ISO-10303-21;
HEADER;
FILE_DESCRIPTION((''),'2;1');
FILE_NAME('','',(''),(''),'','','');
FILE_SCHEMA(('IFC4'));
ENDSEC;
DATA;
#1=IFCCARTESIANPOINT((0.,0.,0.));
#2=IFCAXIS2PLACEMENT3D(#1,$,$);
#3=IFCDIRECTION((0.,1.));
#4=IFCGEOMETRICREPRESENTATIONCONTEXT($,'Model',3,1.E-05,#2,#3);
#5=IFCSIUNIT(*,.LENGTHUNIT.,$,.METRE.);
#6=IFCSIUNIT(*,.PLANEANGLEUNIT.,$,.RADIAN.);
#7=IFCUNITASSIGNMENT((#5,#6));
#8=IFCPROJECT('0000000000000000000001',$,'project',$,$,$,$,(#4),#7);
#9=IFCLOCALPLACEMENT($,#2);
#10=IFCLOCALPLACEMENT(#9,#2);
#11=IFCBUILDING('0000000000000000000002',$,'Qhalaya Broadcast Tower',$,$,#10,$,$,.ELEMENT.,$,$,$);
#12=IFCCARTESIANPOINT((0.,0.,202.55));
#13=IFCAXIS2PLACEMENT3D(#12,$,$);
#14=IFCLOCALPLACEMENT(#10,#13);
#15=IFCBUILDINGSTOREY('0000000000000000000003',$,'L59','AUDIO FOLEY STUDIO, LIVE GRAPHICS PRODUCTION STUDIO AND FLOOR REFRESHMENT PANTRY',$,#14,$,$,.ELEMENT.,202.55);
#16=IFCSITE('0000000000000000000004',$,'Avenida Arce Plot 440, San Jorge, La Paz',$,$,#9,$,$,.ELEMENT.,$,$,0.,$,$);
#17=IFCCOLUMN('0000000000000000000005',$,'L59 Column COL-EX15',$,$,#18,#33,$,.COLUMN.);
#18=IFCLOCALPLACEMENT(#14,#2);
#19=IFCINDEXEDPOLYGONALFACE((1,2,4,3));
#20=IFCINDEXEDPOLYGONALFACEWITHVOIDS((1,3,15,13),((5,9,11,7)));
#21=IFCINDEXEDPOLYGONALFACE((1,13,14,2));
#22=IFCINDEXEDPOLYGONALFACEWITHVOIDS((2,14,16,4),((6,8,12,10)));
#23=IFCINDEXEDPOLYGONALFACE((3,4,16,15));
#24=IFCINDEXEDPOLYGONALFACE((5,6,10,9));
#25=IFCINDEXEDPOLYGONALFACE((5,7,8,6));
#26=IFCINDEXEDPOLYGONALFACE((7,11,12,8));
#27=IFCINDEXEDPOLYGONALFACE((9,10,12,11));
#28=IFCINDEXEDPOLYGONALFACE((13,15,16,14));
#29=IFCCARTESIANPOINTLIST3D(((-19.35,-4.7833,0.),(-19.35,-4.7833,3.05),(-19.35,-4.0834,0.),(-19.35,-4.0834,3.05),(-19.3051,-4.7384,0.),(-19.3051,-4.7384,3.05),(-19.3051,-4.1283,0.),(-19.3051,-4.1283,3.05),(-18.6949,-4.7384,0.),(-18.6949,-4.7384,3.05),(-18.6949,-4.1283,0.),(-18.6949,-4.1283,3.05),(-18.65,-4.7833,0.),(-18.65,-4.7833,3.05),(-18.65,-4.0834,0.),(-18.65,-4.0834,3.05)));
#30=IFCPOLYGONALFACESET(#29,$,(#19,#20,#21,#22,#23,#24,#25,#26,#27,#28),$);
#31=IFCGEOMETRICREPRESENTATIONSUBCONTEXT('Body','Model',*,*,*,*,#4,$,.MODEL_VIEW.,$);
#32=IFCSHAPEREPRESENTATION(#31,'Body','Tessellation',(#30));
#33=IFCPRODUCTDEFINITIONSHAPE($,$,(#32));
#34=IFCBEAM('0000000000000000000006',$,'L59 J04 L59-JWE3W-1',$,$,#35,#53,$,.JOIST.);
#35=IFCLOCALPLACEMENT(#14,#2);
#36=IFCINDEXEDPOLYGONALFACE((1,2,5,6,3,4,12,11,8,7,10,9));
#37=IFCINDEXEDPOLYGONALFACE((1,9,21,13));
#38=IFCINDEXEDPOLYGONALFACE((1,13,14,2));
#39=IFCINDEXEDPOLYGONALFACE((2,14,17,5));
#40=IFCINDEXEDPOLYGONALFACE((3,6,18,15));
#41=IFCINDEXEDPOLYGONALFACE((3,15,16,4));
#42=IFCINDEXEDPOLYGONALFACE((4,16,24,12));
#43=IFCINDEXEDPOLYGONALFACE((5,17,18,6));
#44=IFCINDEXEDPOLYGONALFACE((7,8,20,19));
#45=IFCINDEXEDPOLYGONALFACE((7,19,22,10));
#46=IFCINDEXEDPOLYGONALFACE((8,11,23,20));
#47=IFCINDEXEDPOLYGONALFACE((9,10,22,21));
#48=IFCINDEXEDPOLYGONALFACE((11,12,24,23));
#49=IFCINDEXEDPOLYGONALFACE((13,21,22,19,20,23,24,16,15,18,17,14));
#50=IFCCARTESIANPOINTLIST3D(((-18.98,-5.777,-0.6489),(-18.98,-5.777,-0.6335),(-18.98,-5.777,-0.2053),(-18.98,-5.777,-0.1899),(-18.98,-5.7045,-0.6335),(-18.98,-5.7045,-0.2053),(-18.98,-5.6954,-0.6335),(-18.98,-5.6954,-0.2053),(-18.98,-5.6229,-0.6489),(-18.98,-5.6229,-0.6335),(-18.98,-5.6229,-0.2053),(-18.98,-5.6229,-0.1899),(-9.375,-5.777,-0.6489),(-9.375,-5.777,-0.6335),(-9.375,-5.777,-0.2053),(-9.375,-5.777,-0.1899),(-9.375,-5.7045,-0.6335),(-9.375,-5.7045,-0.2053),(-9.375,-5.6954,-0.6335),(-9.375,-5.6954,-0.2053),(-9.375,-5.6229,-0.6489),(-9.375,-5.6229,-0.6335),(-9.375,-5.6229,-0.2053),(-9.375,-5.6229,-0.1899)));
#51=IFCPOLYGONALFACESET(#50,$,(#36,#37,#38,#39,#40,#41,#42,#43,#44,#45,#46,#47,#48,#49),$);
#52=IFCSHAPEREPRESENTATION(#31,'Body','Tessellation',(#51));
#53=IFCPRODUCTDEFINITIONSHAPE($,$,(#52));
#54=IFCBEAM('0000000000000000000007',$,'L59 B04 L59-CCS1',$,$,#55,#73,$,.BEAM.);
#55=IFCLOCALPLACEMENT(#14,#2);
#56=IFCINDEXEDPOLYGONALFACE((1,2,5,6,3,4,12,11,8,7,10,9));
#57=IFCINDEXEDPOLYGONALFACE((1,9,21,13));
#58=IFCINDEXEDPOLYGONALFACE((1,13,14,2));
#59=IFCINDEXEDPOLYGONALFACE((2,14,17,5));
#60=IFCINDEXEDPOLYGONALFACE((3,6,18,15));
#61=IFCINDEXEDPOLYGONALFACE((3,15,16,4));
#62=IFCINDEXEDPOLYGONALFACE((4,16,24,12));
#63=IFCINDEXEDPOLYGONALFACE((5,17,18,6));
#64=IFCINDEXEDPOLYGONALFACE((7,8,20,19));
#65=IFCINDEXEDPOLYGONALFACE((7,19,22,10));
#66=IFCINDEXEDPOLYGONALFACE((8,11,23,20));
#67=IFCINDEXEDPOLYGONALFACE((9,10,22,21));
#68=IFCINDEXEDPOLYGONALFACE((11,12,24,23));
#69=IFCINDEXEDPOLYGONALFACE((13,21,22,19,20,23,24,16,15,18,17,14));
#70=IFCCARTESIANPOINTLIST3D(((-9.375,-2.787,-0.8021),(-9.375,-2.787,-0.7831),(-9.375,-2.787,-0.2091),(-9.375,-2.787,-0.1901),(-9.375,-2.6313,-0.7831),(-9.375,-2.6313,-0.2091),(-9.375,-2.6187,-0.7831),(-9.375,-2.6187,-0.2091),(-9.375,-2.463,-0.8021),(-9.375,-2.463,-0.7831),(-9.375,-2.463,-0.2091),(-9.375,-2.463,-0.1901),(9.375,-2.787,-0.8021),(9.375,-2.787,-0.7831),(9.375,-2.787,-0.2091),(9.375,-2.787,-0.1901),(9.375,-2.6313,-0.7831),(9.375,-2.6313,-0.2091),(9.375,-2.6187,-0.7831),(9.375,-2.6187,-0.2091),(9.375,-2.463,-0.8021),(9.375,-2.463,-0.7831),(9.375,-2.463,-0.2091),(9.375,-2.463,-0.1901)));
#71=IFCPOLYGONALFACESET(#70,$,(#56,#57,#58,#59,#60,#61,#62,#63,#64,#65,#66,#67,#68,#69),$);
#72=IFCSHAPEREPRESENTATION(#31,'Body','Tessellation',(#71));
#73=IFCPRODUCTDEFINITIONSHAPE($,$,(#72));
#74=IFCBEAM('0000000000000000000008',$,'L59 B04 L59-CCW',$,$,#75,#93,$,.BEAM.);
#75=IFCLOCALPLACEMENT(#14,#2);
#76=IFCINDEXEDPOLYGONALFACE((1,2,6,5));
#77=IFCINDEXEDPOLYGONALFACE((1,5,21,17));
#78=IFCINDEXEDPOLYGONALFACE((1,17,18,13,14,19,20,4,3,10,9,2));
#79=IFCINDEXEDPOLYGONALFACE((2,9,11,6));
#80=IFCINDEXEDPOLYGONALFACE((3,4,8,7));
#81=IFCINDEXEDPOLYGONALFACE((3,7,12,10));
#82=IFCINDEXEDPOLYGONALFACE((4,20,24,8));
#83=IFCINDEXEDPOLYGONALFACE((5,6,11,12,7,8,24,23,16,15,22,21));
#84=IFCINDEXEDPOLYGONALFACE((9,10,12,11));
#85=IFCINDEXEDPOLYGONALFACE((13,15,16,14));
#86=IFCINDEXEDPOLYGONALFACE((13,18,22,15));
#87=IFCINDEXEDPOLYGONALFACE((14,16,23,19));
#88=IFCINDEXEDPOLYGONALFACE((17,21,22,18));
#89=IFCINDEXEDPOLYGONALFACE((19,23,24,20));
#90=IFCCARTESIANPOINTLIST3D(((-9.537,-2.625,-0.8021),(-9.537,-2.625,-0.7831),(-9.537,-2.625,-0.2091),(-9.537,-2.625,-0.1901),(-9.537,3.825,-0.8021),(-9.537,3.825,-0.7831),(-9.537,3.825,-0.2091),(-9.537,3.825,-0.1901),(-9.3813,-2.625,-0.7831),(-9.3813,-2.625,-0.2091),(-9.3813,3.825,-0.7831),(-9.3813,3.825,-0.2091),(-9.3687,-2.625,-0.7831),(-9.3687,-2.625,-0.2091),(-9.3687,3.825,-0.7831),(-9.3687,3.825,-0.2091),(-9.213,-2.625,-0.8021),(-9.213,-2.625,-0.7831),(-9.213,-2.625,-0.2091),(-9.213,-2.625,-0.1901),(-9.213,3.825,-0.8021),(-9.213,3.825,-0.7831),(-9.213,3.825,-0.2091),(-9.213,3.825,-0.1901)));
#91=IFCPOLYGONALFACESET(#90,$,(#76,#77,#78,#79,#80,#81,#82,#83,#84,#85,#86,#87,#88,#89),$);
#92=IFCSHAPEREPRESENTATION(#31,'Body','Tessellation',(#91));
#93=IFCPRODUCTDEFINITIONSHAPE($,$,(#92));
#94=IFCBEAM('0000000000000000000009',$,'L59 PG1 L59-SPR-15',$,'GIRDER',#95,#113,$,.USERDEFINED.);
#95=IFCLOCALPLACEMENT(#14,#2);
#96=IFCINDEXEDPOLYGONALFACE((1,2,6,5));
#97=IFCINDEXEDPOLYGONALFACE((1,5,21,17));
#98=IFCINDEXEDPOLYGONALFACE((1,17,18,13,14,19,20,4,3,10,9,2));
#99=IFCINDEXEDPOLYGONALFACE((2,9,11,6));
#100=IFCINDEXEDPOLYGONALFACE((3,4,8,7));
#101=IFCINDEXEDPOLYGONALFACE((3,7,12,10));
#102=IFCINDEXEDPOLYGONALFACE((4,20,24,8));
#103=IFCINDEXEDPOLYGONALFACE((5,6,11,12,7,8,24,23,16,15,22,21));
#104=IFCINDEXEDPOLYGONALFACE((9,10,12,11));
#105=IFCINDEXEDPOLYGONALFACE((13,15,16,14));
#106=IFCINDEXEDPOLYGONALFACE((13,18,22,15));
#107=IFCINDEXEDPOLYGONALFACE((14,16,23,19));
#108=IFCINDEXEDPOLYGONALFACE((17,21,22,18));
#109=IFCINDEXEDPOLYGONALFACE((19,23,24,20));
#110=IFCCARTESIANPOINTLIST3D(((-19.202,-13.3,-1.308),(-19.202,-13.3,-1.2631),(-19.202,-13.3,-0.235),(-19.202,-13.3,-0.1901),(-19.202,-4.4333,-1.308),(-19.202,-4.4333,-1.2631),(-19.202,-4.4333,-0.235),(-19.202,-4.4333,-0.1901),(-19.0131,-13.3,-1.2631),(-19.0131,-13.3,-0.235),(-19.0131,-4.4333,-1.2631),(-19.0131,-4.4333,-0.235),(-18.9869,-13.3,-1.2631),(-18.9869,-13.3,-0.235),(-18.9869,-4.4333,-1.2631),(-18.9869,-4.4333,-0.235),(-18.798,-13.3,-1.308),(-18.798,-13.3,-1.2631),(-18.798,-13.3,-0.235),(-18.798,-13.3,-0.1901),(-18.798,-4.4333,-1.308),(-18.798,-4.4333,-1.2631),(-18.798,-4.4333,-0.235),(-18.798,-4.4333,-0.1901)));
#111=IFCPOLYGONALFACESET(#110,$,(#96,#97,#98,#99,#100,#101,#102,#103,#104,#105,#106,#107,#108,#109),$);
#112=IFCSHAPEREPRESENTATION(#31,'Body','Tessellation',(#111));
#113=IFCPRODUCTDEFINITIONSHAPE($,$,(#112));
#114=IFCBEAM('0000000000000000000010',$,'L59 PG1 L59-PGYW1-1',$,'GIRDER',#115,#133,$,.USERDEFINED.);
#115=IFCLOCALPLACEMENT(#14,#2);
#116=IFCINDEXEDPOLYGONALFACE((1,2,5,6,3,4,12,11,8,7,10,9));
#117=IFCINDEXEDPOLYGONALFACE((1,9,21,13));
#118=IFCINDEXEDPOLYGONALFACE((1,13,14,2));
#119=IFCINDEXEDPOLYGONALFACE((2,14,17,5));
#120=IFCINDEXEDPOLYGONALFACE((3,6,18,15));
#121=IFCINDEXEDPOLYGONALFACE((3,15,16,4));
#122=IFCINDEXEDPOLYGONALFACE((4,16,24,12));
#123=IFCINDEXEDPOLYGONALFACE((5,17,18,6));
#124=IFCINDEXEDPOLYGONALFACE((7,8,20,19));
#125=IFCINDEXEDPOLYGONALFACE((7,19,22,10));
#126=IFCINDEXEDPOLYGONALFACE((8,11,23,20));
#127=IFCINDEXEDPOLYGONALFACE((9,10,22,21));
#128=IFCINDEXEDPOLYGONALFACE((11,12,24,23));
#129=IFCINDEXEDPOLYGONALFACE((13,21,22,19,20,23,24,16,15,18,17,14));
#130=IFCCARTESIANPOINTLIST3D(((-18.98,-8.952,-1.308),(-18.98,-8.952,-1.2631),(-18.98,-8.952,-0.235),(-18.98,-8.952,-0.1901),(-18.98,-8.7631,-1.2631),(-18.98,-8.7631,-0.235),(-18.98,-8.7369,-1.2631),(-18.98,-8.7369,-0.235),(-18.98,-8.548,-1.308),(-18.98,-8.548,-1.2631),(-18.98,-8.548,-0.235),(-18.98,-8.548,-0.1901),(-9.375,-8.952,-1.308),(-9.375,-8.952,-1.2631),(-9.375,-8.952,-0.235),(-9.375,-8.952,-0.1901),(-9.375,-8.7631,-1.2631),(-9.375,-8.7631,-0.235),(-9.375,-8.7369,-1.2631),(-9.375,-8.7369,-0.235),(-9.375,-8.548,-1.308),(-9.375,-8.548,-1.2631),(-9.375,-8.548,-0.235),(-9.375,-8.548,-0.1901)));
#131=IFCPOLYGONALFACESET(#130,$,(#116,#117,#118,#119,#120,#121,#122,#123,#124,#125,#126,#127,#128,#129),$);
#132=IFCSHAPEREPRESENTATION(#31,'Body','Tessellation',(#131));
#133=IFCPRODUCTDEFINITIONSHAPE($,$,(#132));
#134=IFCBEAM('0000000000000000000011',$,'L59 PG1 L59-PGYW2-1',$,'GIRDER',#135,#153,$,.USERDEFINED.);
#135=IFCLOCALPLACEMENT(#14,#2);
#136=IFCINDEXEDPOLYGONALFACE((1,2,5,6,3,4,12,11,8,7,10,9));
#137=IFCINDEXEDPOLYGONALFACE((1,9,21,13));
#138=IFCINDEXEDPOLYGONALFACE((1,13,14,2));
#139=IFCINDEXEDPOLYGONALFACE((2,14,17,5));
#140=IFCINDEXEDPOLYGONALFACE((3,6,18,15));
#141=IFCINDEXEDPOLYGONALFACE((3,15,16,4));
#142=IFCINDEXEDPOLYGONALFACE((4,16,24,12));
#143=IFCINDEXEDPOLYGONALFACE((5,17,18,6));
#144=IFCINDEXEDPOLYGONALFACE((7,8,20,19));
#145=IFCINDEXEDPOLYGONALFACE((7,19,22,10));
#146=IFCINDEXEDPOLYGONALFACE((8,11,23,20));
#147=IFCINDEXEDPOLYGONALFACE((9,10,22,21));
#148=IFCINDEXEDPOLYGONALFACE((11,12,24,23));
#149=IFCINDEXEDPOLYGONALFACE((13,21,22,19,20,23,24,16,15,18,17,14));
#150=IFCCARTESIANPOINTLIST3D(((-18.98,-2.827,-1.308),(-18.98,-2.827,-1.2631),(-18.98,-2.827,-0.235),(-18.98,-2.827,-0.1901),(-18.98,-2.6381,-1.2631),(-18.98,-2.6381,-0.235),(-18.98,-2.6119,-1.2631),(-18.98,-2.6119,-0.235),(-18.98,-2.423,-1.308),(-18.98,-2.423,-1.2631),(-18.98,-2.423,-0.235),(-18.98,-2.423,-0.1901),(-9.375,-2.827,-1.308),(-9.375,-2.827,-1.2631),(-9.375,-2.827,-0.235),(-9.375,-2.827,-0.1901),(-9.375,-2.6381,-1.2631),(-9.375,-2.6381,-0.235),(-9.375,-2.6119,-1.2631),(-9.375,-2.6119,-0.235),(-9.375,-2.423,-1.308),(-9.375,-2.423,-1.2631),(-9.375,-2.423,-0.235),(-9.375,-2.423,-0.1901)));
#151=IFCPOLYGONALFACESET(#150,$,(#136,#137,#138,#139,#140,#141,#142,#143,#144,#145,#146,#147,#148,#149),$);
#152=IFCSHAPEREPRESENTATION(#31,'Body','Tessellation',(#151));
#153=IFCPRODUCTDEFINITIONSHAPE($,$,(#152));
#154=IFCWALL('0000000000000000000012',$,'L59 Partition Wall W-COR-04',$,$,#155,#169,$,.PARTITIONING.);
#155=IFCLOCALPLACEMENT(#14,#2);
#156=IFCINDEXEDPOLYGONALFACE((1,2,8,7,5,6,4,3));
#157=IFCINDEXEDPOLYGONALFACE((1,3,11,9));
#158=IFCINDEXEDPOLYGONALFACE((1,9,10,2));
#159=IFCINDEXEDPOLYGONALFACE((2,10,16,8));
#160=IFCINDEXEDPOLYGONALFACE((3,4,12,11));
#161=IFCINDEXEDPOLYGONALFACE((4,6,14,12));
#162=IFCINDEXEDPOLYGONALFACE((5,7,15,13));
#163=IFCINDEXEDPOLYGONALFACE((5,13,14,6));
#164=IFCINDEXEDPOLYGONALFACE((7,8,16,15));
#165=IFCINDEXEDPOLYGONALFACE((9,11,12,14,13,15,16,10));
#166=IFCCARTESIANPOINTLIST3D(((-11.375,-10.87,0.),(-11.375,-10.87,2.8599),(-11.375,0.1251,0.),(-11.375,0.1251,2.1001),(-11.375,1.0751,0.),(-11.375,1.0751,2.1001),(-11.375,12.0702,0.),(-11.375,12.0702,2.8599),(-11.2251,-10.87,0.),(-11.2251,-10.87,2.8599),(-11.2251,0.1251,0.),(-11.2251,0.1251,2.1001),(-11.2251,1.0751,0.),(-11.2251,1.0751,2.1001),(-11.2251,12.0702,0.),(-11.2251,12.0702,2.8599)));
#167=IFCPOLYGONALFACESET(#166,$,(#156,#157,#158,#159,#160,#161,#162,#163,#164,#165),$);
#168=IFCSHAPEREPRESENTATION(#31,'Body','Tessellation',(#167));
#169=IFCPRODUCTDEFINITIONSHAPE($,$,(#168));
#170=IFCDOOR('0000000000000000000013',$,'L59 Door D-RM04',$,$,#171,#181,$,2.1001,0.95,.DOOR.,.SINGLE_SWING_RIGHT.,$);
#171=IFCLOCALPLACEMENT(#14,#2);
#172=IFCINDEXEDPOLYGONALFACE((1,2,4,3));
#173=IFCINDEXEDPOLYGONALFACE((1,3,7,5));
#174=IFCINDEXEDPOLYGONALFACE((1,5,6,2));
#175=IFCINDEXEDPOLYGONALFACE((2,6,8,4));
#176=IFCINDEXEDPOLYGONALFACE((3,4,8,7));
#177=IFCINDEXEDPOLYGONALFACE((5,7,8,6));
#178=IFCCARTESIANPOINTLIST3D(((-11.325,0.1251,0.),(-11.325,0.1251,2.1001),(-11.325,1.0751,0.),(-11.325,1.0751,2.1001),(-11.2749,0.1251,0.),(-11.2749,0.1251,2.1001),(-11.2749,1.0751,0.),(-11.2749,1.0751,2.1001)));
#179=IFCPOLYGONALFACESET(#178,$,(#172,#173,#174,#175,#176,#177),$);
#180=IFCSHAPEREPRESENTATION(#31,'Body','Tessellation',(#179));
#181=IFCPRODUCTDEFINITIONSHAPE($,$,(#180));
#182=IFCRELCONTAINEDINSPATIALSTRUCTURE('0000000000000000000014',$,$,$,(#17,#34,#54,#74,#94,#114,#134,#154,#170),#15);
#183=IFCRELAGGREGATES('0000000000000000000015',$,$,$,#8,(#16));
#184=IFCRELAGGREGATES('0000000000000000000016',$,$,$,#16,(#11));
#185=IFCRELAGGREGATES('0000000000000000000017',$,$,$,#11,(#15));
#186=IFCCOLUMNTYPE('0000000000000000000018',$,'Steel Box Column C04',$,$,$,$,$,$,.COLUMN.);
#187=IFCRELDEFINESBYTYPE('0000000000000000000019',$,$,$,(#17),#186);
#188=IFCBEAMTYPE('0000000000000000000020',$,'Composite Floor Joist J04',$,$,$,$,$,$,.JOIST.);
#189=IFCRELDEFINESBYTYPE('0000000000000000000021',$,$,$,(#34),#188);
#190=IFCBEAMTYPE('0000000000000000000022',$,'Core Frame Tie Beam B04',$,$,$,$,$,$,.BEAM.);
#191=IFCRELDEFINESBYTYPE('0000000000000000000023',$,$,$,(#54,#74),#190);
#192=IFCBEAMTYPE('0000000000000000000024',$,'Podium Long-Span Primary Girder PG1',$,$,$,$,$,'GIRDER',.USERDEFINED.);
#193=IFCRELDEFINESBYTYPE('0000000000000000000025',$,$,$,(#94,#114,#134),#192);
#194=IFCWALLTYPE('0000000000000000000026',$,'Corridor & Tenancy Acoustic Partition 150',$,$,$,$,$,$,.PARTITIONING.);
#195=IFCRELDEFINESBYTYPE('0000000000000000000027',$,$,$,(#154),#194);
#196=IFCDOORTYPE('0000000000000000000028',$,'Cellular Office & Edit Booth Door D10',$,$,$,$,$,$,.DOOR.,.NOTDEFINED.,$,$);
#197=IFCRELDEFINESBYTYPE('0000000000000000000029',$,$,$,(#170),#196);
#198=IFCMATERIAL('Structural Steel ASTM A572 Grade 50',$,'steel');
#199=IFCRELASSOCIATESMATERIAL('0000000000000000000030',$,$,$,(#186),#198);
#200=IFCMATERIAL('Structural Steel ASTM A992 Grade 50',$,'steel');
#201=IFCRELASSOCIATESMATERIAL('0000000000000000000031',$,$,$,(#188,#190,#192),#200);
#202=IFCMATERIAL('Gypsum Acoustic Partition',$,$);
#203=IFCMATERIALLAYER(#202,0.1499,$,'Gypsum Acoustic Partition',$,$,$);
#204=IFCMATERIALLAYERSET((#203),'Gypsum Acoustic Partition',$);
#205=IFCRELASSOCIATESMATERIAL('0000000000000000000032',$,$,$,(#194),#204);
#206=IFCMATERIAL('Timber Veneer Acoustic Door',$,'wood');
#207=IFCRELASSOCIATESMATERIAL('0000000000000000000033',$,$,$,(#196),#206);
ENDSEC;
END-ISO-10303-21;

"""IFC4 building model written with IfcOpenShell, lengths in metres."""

from ifc_helpers import new_model, si_unit, direction, frame, frame_2d, origin, origin_2d, place, context, subcontext, project, spatial, rectangle, hollow_rectangle, i_section, extrude, material, layer, layer_set, material_profile, profile_set, type_object, element, fill, save


model = new_model("IFC4")

# Units and contexts
model_context = context("Model", 3, precision=1e-05, world=origin(), true_north=direction((0.0, 1.0)))
body_context = subcontext(model_context, "Body", "Model", "MODEL_VIEW")
ifc_project = project(units=[si_unit("LENGTHUNIT", "METRE"), si_unit("PLANEANGLEUNIT", "RADIAN")], contexts=[model_context])

# Site, building, storey
site_placement = place(None, origin())
site = spatial("IfcSite", under=ifc_project, at=site_placement, Name="Avenida Arce Plot 440, San Jorge, La Paz", CompositionType="ELEMENT", RefElevation=0.0)
building_placement = place(site_placement, origin())
building = spatial("IfcBuilding", under=site, at=building_placement, Name="Qhalaya Broadcast Tower", CompositionType="ELEMENT")
storey_placement = place(building_placement, frame((0.0, 0.0, 202.55)))
storey = spatial("IfcBuildingStorey", under=building, at=storey_placement, Name="L59", Description="AUDIO FOLEY STUDIO, LIVE GRAPHICS PRODUCTION STUDIO AND FLOOR REFRESHMENT PANTRY", CompositionType="ELEMENT", Elevation=202.55)

# Column
ifc_material_1 = material(Name="Structural Steel ASTM A572 Grade 50", Category="steel")
ifc_material_profile_1 = material_profile(ifc_material_1, hollow_rectangle(XDim=0.7, YDim=0.7, WallThickness=0.0449, at=origin_2d()), Name="BOX 700x700x45")
ifc_profile_set_1 = profile_set([ifc_material_profile_1], Name="Structural Steel ASTM A572 Grade 50")
column_type = type_object("IfcColumnType", Name="Steel Box Column C04", PredefinedType="COLUMN", material=ifc_profile_set_1)
column_placement = place(storey_placement, frame((-19.0, -4.4333, 0.0), z_axis=(0.0, 0.0, 1.0), x_axis=(0.0, 1.0, 0.0)))
element("IfcColumn", 1, at=column_placement, inside=storey, type_object=column_type, Name="L59 Column COL-EX15", PredefinedType="COLUMN", context=body_context, shape_type="SweptSolid", body=[
    extrude(hollow_rectangle(XDim=0.7, YDim=0.7, WallThickness=0.0449, at=origin_2d()), origin(), (0.0, 0.0, 1.0), 3.05),
])

# Beams
ifc_material_2 = material(Name="Structural Steel ASTM A992 Grade 50", Category="steel")
ifc_material_profile_2 = material_profile(ifc_material_2, i_section(OverallWidth=0.1541, OverallDepth=0.459, WebThickness=0.009, FlangeThickness=0.0154, at=origin_2d()), Name="W18X46")
ifc_profile_set_2 = profile_set([ifc_material_profile_2], Name="Structural Steel ASTM A992 Grade 50")
beam_type_1 = type_object("IfcBeamType", Name="Composite Floor Joist J04", PredefinedType="JOIST", material=ifc_profile_set_2)
beam_1_placement = place(storey_placement, frame((-18.98, -5.7, -0.4194), z_axis=(1.0, 0.0, 0.0), x_axis=(0.0, 1.0, 0.0)))
element("IfcBeam", 2, at=beam_1_placement, inside=storey, type_object=beam_type_1, Name="L59 J04 L59-JWE3W-1", PredefinedType="JOIST", context=body_context, shape_type="SweptSolid", body=[
    extrude(i_section(OverallWidth=0.1541, OverallDepth=0.459, WebThickness=0.009, FlangeThickness=0.0154, at=origin_2d()), origin(), (0.0, 0.0, 1.0), 9.605),
])
ifc_material_profile_3 = material_profile(ifc_material_2, i_section(OverallWidth=0.324, OverallDepth=0.6121, WebThickness=0.0127, FlangeThickness=0.019, at=origin_2d()), Name="W24X104")
ifc_profile_set_3 = profile_set([ifc_material_profile_3], Name="Structural Steel ASTM A992 Grade 50")
beam_type_2 = type_object("IfcBeamType", Name="Core Frame Tie Beam B04", PredefinedType="BEAM", material=ifc_profile_set_3)
beam_2_placement = place(storey_placement, frame((-9.375, -2.625, -0.4961), z_axis=(1.0, 0.0, 0.0), x_axis=(0.0, 1.0, 0.0)))
element("IfcBeam", 3, at=beam_2_placement, inside=storey, type_object=beam_type_2, Name="L59 B04 L59-CCS1", PredefinedType="BEAM", context=body_context, shape_type="SweptSolid", body=[
    extrude(i_section(OverallWidth=0.324, OverallDepth=0.6121, WebThickness=0.0127, FlangeThickness=0.019, at=origin_2d()), origin(), (0.0, 0.0, 1.0), 18.75),
])
beam_3_placement = place(storey_placement, frame((-9.375, -2.625, -0.4961), z_axis=(0.0, 1.0, 0.0), x_axis=(-1.0, 0.0, 0.0)))
element("IfcBeam", 4, at=beam_3_placement, inside=storey, type_object=beam_type_2, Name="L59 B04 L59-CCW", PredefinedType="BEAM", context=body_context, shape_type="SweptSolid", body=[
    extrude(i_section(OverallWidth=0.324, OverallDepth=0.6121, WebThickness=0.0127, FlangeThickness=0.019, at=origin_2d()), origin(), (0.0, 0.0, 1.0), 6.45),
])
ifc_material_profile_4 = material_profile(ifc_material_2, i_section(OverallWidth=0.4041, OverallDepth=1.1179, WebThickness=0.0261, FlangeThickness=0.0449, at=origin_2d()), Name="W44X335")
ifc_profile_set_4 = profile_set([ifc_material_profile_4], Name="Structural Steel ASTM A992 Grade 50")
beam_type_3 = type_object("IfcBeamType", Name="Podium Long-Span Primary Girder PG1", ElementType="GIRDER", PredefinedType="USERDEFINED", material=ifc_profile_set_4)
beam_4_placement = place(storey_placement, frame((-19.0, -4.4333, -0.749), z_axis=(0.0, -1.0, 0.0), x_axis=(1.0, 0.0, 0.0)))
element("IfcBeam", 5, at=beam_4_placement, inside=storey, type_object=beam_type_3, Name="L59 PG1 L59-SPR-15", ObjectType="GIRDER", PredefinedType="USERDEFINED", context=body_context, shape_type="SweptSolid", body=[
    extrude(i_section(OverallWidth=0.4041, OverallDepth=1.1179, WebThickness=0.0261, FlangeThickness=0.0449, at=origin_2d()), origin(), (0.0, 0.0, 1.0), 8.8667),
])
for number, where, z_axis, x_axis, name in (
    (6, (-18.98, -8.75, -0.749), (1.0, 0.0, 0.0), (0.0, 1.0, 0.0), "L59 PG1 L59-PGYW1-1"),
    (7, (-18.98, -2.625, -0.749), (1.0, 0.0, 0.0), (0.0, 1.0, 0.0), "L59 PG1 L59-PGYW2-1"),
):
    element("IfcBeam", number, at=place(storey_placement, frame(where, z_axis=z_axis, x_axis=x_axis)), inside=storey, type_object=beam_type_3, Name=name, ObjectType="GIRDER", PredefinedType="USERDEFINED", context=body_context, shape_type="SweptSolid", body=[
        extrude(i_section(OverallWidth=0.4041, OverallDepth=1.1179, WebThickness=0.0261, FlangeThickness=0.0449, at=origin_2d()), origin(), (0.0, 0.0, 1.0), 9.605),
    ])

# Wall, opening, door
ifc_material_3 = material(Name="Gypsum Acoustic Partition")
ifc_layer_1 = layer(ifc_material_3, 0.1499, Name="Gypsum Acoustic Partition")
ifc_layer_set_1 = layer_set([ifc_layer_1], Name="Gypsum Acoustic Partition")
wall_type_1 = type_object("IfcWallType", Name="Corridor & Tenancy Acoustic Partition 150", PredefinedType="PARTITIONING", material=ifc_layer_set_1)
wall_1_placement = place(storey_placement, frame((-11.3, -10.8701, 0.0), z_axis=(0.0, 0.0, 1.0), x_axis=(0.0, 1.0, 0.0)))
wall_1 = element("IfcWall", 8, at=wall_1_placement, inside=storey, type_object=wall_type_1, Name="L59 Partition Wall W-COR-04", PredefinedType="PARTITIONING", context=body_context, shape_type="SweptSolid", body=[
    extrude(rectangle(XDim=22.9402, YDim=0.1499, at=frame_2d((11.4702, 0.0))), origin(), (0.0, 0.0, 1.0), 2.8599),
])
opening_1_placement = place(wall_1_placement, frame((10.9951, 0.0, 0.0)))
opening_1 = element("IfcOpeningElement", 9, at=opening_1_placement, cuts=wall_1, PredefinedType="OPENING", context=body_context, shape_type="SweptSolid", body=[
    extrude(rectangle(XDim=0.95, YDim=2.1001, at=frame_2d((0.4751, 1.05))), frame((0.0, 0.0869, 0.0), z_axis=(0.0, -1.0, 0.0), x_axis=(1.0, 0.0, 0.0)), (0.0, 0.0, 1.0), 0.1738),
])
ifc_material_4 = material(Name="Timber Veneer Acoustic Door", Category="wood")
door_type_1 = type_object("IfcDoorType", Name="Cellular Office & Edit Booth Door D10", OperationType="NOTDEFINED", PredefinedType="DOOR", material=ifc_material_4)
door_1_placement = place(opening_1_placement, origin())
door_1 = element("IfcDoor", 10, at=door_1_placement, inside=storey, type_object=door_type_1, Name="L59 Door D-RM04", OperationType="SINGLE_SWING_RIGHT", OverallHeight=2.1001, OverallWidth=0.95, PredefinedType="DOOR", context=body_context, shape_type="SweptSolid", body=[
    extrude(rectangle(XDim=0.95, YDim=2.1001, at=frame_2d((0.4751, 1.05))), frame((0.0, 0.0249, 0.0), z_axis=(0.0, -1.0, 0.0), x_axis=(1.0, 0.0, 0.0)), (0.0, 0.0, 1.0), 0.05),
])
fill(opening_1, door_1)

save(model, "model.ifc")
